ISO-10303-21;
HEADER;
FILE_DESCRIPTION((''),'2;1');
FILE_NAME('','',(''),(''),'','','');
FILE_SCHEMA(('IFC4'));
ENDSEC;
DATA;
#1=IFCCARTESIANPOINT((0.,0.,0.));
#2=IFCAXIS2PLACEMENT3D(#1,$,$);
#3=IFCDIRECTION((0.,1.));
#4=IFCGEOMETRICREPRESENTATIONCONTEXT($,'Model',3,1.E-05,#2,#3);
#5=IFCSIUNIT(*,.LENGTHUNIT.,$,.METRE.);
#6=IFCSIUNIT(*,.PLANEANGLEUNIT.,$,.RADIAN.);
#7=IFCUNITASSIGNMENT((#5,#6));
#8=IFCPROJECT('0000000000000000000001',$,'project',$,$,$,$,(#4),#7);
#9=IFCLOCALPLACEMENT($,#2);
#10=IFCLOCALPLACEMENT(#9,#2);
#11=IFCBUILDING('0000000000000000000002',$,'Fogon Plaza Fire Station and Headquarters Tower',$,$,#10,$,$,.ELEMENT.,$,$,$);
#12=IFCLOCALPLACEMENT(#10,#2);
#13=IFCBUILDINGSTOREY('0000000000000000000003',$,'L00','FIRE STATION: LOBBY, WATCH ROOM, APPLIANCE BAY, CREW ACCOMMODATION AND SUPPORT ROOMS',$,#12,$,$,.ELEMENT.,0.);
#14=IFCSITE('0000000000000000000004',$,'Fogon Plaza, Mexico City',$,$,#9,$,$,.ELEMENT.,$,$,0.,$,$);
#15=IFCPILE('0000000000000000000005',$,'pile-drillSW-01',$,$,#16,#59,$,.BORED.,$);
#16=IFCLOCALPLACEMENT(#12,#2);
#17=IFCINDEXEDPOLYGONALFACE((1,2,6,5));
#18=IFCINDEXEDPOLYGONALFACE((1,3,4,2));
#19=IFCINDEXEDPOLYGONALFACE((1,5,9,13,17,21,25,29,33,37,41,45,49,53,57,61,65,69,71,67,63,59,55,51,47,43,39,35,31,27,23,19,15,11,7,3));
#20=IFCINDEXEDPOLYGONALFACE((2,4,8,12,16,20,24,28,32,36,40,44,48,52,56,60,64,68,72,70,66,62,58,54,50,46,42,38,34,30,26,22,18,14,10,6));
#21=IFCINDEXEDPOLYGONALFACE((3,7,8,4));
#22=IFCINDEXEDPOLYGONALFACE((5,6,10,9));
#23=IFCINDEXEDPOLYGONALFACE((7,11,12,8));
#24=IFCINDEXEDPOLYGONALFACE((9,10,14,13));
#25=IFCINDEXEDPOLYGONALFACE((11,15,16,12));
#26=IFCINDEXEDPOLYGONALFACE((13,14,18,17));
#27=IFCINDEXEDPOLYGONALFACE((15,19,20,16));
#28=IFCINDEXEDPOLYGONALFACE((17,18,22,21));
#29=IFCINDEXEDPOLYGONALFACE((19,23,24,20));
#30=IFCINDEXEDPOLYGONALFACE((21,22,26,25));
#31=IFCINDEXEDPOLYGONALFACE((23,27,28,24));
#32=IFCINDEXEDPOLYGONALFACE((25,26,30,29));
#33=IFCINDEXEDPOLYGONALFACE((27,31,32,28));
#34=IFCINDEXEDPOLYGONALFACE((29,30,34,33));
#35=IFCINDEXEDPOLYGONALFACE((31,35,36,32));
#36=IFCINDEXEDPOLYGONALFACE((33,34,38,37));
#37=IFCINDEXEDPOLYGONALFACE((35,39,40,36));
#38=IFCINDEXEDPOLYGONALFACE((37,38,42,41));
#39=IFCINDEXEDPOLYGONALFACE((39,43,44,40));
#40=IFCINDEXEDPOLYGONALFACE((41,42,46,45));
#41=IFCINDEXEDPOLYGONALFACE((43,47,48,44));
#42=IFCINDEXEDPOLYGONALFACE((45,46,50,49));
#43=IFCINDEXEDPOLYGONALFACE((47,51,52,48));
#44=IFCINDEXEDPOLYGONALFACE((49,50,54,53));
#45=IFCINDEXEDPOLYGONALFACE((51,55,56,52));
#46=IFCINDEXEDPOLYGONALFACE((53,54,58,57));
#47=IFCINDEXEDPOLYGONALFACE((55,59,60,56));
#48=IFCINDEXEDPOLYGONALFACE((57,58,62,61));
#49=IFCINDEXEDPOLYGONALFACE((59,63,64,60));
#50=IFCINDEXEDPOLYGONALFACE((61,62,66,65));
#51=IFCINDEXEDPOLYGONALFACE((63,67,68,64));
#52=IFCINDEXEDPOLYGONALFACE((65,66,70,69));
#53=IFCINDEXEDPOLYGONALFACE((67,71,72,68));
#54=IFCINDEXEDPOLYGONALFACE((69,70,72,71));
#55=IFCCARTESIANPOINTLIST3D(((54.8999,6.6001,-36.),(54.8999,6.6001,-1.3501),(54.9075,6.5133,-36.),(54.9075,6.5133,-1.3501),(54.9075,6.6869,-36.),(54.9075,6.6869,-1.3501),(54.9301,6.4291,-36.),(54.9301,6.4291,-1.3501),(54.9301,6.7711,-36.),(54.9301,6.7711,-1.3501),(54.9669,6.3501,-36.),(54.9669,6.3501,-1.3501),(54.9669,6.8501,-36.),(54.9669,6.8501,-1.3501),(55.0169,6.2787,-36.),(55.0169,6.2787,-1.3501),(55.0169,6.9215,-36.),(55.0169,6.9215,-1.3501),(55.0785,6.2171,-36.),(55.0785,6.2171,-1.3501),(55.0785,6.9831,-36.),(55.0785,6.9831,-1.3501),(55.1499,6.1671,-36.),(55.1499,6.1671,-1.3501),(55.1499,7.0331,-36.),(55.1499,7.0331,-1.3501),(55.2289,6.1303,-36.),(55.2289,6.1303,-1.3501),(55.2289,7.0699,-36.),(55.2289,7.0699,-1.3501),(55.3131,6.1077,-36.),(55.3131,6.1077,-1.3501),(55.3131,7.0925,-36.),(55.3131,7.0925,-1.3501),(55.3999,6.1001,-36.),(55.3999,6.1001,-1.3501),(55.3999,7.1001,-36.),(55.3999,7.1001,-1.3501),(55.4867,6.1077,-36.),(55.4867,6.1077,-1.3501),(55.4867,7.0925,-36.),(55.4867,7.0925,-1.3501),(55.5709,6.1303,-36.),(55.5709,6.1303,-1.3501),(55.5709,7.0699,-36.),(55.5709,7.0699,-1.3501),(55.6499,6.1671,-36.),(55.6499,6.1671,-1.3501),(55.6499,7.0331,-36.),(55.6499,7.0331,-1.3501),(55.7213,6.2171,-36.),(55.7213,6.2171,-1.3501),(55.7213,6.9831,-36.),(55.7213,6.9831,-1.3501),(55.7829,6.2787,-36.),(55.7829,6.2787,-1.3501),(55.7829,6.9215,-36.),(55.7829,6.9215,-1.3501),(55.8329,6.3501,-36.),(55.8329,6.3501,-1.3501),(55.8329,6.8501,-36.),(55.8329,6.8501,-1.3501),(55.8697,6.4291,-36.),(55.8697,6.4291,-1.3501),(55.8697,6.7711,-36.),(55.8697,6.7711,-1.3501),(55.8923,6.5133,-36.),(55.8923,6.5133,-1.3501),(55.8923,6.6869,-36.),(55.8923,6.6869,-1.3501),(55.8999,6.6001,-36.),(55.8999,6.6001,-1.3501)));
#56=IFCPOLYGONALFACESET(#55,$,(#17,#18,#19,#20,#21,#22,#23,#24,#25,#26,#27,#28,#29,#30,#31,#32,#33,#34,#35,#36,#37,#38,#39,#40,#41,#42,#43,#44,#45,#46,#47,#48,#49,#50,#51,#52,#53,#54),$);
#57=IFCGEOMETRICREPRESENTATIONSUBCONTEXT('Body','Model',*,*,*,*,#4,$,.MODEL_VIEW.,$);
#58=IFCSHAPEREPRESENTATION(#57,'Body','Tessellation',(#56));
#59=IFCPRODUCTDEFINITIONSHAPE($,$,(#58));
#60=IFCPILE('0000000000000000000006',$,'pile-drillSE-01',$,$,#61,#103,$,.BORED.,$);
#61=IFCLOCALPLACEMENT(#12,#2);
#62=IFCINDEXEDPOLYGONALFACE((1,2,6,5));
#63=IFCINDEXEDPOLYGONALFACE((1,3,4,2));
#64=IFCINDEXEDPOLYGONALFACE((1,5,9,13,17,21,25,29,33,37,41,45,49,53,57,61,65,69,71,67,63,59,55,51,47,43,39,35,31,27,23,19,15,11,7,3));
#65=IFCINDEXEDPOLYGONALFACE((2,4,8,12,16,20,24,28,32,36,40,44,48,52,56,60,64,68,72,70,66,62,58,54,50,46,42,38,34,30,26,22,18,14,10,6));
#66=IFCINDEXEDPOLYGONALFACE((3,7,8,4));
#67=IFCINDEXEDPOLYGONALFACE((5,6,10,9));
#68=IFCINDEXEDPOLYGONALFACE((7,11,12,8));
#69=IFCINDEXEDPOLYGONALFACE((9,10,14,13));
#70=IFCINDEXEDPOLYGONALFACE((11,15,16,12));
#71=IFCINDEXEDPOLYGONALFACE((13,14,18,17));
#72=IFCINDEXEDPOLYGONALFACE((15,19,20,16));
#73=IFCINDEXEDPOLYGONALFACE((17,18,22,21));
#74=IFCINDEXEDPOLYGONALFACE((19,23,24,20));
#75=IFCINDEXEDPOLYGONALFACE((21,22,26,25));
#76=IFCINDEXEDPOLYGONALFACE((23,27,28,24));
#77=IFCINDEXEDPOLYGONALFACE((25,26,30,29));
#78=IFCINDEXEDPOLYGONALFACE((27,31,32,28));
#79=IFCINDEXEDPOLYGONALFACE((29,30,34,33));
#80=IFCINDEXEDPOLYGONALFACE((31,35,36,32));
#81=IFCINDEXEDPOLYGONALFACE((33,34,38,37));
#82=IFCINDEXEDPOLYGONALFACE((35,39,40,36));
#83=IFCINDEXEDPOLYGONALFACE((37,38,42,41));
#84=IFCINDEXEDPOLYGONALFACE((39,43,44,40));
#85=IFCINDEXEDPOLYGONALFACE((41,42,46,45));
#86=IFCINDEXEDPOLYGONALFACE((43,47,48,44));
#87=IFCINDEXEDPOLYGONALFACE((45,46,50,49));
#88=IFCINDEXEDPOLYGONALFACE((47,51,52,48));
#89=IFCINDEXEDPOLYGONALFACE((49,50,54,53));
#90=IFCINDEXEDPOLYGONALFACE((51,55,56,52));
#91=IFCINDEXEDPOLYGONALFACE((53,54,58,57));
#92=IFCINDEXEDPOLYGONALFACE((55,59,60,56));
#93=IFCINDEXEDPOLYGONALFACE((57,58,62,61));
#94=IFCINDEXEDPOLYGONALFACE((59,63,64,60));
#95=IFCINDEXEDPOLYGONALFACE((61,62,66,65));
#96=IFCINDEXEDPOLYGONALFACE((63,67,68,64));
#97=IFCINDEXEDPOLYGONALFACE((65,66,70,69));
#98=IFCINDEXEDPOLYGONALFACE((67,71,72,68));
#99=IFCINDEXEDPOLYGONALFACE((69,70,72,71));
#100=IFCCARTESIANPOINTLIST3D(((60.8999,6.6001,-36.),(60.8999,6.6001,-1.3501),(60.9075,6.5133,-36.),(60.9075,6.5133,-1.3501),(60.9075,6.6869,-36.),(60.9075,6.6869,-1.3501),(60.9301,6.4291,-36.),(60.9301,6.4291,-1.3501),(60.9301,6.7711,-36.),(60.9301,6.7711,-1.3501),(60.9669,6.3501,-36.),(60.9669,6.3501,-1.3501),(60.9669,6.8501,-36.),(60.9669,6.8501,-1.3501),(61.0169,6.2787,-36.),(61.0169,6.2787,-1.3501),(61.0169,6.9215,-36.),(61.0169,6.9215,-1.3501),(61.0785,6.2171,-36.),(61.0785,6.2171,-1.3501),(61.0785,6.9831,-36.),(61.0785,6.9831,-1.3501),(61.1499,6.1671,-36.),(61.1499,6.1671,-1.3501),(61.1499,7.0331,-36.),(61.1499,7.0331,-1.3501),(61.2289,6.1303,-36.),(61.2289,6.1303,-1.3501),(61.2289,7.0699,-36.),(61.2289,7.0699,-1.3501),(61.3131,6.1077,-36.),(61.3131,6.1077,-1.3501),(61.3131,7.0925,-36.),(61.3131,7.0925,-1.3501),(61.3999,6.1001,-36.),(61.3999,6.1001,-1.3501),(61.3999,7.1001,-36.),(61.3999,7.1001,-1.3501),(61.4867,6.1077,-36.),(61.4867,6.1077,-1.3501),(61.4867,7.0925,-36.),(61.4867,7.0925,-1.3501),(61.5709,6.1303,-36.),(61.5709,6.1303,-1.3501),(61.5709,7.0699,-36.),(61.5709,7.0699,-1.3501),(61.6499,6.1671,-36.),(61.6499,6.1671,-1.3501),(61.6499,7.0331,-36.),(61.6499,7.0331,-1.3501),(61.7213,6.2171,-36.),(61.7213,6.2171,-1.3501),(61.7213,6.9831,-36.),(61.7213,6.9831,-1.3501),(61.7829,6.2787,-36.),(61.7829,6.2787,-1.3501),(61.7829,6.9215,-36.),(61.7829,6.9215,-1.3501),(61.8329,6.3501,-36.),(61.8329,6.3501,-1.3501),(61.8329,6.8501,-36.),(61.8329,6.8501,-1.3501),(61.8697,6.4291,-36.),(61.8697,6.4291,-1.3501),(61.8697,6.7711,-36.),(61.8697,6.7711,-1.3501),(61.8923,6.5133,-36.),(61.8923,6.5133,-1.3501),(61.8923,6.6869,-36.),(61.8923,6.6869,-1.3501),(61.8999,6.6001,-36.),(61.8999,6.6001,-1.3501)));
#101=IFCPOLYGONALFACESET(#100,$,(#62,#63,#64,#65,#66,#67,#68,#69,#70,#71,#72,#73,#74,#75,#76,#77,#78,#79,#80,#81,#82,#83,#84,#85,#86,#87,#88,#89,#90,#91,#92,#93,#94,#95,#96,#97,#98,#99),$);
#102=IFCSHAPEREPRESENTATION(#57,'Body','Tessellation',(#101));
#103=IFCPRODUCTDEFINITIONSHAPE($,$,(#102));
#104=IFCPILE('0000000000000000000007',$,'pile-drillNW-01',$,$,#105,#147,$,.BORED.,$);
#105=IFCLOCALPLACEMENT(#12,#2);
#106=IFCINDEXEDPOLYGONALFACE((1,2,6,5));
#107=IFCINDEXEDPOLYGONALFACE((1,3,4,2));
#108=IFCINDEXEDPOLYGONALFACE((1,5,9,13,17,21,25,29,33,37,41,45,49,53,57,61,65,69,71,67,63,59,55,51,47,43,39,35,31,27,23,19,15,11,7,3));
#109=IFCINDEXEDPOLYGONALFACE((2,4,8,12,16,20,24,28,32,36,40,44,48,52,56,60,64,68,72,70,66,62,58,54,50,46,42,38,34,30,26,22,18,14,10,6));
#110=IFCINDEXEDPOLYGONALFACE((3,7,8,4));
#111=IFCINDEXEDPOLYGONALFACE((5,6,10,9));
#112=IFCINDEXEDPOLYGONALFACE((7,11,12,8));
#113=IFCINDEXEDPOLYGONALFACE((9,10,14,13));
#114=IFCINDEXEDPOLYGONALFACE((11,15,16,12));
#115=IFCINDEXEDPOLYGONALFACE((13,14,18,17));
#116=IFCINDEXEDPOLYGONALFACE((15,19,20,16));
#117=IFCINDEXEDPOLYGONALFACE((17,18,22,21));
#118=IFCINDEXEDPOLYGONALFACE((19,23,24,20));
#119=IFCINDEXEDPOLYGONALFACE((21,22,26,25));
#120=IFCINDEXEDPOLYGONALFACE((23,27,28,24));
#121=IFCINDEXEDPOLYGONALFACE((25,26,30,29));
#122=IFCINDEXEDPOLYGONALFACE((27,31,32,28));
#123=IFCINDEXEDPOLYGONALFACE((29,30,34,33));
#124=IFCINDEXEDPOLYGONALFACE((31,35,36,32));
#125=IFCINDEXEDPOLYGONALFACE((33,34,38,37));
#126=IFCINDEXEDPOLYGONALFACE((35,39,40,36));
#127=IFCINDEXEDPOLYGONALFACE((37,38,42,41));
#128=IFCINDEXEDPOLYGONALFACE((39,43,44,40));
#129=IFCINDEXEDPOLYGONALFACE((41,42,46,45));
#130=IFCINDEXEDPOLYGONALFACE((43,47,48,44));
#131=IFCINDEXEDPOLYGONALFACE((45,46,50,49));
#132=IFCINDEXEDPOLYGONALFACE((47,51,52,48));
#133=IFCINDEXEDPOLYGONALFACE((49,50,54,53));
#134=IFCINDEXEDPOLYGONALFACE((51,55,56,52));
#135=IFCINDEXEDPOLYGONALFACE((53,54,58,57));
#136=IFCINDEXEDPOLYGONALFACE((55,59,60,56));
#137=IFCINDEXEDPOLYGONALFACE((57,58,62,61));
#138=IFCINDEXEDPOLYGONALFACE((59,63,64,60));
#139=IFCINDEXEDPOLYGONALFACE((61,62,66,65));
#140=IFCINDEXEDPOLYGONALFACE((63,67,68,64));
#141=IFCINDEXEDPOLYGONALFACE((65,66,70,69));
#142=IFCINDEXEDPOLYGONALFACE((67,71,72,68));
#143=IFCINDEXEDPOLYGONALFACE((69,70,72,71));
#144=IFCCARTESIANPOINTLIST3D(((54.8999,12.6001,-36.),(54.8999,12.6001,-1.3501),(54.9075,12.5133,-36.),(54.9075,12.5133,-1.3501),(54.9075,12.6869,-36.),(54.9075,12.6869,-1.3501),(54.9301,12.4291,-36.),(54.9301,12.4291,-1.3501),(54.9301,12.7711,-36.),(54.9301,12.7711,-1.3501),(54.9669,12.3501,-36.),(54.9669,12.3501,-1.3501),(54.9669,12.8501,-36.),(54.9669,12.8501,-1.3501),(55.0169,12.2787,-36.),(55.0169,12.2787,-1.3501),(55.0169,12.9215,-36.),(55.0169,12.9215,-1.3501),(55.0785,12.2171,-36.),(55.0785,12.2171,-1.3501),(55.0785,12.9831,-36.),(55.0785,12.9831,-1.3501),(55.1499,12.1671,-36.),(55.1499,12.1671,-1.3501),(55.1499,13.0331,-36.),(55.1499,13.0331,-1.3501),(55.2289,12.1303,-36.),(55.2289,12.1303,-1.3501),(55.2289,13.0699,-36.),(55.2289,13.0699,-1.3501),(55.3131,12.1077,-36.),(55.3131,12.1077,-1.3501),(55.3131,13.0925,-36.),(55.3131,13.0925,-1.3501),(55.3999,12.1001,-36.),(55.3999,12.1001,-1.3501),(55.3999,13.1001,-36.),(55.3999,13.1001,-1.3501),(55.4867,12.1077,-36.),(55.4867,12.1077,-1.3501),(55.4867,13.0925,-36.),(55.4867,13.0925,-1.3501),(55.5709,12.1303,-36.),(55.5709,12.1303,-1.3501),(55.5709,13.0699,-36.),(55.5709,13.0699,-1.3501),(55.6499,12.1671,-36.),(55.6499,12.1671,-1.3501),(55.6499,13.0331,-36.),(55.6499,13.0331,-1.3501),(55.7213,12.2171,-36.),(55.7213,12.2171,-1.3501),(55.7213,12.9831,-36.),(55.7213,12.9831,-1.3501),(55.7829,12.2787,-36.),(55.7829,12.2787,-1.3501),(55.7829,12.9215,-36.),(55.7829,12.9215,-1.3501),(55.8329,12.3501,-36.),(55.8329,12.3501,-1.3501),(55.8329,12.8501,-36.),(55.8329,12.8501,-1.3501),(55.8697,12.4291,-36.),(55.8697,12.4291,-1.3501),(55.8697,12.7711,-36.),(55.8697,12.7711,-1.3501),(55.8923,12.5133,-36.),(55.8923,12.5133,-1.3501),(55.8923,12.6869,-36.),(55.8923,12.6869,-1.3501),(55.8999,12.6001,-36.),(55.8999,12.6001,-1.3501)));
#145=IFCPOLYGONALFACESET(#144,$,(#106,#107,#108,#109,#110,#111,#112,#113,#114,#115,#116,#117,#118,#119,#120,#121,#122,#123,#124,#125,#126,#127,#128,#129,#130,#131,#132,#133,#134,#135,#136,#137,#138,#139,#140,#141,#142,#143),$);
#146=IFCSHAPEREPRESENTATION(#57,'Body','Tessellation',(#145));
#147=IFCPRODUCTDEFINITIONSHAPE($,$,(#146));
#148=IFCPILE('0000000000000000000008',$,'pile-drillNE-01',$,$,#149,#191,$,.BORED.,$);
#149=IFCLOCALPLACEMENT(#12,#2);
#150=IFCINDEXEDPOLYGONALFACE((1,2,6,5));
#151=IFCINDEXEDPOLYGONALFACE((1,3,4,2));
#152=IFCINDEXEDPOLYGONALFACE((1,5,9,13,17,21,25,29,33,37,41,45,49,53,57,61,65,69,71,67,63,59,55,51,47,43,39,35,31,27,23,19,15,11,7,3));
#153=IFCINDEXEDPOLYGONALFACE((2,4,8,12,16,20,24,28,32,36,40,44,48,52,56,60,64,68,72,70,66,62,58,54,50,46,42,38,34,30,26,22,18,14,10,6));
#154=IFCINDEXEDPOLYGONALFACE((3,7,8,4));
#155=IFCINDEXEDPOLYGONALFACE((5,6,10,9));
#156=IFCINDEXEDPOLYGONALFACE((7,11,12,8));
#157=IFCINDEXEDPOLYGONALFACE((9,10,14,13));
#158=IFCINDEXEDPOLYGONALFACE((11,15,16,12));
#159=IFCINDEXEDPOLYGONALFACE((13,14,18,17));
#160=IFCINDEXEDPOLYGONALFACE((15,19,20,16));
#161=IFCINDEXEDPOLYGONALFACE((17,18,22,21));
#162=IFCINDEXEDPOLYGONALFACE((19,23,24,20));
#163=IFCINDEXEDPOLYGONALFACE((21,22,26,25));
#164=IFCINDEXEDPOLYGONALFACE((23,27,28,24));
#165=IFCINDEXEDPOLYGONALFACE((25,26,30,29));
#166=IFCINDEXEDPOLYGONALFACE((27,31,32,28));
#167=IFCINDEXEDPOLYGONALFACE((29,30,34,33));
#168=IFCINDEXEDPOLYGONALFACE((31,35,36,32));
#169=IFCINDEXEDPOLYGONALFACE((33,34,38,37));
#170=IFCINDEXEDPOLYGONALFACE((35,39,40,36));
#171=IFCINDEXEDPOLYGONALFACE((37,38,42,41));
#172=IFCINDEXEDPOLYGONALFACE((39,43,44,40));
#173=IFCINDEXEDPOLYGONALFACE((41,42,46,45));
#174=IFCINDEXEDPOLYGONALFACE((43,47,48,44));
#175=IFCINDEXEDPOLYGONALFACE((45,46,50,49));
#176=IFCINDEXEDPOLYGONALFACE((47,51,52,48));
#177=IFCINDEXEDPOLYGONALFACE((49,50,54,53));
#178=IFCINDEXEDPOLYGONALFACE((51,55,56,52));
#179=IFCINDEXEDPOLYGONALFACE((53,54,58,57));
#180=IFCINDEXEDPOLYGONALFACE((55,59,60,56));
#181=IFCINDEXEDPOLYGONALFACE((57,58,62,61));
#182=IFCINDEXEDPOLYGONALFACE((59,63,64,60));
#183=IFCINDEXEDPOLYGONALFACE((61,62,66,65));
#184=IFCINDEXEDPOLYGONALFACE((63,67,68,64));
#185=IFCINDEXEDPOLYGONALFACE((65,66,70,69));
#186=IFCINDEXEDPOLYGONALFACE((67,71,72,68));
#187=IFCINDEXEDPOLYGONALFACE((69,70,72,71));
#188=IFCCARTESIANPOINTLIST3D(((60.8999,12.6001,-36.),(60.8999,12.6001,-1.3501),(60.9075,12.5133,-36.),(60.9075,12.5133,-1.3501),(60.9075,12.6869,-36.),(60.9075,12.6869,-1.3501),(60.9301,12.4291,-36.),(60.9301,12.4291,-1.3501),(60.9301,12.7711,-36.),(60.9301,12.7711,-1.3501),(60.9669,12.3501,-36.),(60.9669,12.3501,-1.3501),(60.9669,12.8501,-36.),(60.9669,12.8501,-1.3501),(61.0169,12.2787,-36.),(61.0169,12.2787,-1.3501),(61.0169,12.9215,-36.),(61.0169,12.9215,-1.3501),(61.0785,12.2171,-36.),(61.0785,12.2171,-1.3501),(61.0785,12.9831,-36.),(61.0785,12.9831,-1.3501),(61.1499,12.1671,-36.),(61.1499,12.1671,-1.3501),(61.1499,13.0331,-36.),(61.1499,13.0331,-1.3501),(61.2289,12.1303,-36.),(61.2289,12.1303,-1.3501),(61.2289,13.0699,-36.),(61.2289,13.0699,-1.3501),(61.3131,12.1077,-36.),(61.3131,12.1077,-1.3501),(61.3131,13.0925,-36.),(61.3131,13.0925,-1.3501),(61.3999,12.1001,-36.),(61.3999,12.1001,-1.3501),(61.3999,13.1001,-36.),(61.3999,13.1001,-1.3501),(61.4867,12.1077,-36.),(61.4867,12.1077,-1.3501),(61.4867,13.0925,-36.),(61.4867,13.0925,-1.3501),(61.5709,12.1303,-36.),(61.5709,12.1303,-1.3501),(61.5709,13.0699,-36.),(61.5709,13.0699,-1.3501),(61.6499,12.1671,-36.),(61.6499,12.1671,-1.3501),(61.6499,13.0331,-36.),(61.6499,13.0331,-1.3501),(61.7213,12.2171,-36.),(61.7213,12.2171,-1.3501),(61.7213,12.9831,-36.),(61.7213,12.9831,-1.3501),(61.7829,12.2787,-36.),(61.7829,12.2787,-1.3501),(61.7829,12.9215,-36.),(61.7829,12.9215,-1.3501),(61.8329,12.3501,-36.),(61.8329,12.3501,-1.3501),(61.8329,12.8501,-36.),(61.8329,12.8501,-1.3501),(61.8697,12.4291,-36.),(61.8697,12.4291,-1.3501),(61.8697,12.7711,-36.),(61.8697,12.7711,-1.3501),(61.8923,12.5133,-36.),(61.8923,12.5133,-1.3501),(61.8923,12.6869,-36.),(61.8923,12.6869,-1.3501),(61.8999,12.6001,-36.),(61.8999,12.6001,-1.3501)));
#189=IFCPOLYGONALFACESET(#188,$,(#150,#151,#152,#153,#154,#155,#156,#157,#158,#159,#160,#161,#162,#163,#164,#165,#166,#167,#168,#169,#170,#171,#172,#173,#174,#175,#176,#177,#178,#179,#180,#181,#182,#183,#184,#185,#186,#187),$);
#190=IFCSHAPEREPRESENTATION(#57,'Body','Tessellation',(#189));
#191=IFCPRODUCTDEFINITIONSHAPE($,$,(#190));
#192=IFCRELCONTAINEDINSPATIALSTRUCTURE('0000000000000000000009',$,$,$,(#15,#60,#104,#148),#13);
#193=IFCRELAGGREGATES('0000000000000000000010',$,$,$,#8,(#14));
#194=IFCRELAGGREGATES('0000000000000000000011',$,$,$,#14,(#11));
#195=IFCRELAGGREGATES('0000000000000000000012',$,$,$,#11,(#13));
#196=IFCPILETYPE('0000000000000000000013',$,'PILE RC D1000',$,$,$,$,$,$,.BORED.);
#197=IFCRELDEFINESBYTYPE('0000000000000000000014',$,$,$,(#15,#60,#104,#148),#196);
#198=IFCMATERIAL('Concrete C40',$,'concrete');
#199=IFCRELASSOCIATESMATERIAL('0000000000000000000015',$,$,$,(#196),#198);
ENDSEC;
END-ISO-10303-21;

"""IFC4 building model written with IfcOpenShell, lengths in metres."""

from ifc_helpers import new_model, si_unit, direction, frame, origin, origin_2d, place, context, subcontext, project, spatial, circle, extrude, material, material_profile, profile_set, type_object, element, save


model = new_model("IFC4")

# Units and contexts
model_context = context("Model", 3, precision=1e-05, world=origin(), true_north=direction((0.0, 1.0)))
body_context = subcontext(model_context, "Body", "Model", "MODEL_VIEW")
ifc_project = project(units=[si_unit("LENGTHUNIT", "METRE"), si_unit("PLANEANGLEUNIT", "RADIAN")], contexts=[model_context])

# Site, building, storey
site_placement = place(None, origin())
site = spatial("IfcSite", under=ifc_project, at=site_placement, Name="Fogon Plaza, Mexico City", CompositionType="ELEMENT", RefElevation=0.0)
building_placement = place(site_placement, origin())
building = spatial("IfcBuilding", under=site, at=building_placement, Name="Fogon Plaza Fire Station and Headquarters Tower", CompositionType="ELEMENT")
storey_placement = place(building_placement, origin())
storey = spatial("IfcBuildingStorey", under=building, at=storey_placement, Name="L00", Description="FIRE STATION: LOBBY, WATCH ROOM, APPLIANCE BAY, CREW ACCOMMODATION AND SUPPORT ROOMS", CompositionType="ELEMENT", Elevation=0.0)

# Piles
ifc_material_1 = material(Name="Concrete C40", Category="concrete")
ifc_material_profile_1 = material_profile(ifc_material_1, circle(Radius=0.5, at=origin_2d()), Name="RC D1000")
ifc_profile_set_1 = profile_set([ifc_material_profile_1], Name="Concrete C40")
pile_type_1 = type_object("IfcPileType", Name="PILE RC D1000", PredefinedType="BORED", material=ifc_profile_set_1)
for number, where, z_axis, x_axis, name in (
    (1, (55.3999, 6.6001, -1.3501), (0.0, 0.0, -1.0), (1.0, 0.0, 0.0), "pile-drillSW-01"),
    (2, (61.3999, 6.6001, -1.3501), (0.0, 0.0, -1.0), (1.0, 0.0, 0.0), "pile-drillSE-01"),
    (3, (55.3999, 12.6001, -1.3501), (0.0, 0.0, -1.0), (1.0, 0.0, 0.0), "pile-drillNW-01"),
    (4, (61.3999, 12.6001, -1.3501), (0.0, 0.0, -1.0), (1.0, 0.0, 0.0), "pile-drillNE-01"),
):
    element("IfcPile", number, at=place(storey_placement, frame(where, z_axis=z_axis, x_axis=x_axis)), inside=storey, type_object=pile_type_1, Name=name, PredefinedType="BORED", context=body_context, shape_type="SweptSolid", body=[
        extrude(circle(Radius=0.5, at=origin_2d()), origin(), (0.0, 0.0, 1.0), 34.6499),
    ])

save(model, "model.ifc")
